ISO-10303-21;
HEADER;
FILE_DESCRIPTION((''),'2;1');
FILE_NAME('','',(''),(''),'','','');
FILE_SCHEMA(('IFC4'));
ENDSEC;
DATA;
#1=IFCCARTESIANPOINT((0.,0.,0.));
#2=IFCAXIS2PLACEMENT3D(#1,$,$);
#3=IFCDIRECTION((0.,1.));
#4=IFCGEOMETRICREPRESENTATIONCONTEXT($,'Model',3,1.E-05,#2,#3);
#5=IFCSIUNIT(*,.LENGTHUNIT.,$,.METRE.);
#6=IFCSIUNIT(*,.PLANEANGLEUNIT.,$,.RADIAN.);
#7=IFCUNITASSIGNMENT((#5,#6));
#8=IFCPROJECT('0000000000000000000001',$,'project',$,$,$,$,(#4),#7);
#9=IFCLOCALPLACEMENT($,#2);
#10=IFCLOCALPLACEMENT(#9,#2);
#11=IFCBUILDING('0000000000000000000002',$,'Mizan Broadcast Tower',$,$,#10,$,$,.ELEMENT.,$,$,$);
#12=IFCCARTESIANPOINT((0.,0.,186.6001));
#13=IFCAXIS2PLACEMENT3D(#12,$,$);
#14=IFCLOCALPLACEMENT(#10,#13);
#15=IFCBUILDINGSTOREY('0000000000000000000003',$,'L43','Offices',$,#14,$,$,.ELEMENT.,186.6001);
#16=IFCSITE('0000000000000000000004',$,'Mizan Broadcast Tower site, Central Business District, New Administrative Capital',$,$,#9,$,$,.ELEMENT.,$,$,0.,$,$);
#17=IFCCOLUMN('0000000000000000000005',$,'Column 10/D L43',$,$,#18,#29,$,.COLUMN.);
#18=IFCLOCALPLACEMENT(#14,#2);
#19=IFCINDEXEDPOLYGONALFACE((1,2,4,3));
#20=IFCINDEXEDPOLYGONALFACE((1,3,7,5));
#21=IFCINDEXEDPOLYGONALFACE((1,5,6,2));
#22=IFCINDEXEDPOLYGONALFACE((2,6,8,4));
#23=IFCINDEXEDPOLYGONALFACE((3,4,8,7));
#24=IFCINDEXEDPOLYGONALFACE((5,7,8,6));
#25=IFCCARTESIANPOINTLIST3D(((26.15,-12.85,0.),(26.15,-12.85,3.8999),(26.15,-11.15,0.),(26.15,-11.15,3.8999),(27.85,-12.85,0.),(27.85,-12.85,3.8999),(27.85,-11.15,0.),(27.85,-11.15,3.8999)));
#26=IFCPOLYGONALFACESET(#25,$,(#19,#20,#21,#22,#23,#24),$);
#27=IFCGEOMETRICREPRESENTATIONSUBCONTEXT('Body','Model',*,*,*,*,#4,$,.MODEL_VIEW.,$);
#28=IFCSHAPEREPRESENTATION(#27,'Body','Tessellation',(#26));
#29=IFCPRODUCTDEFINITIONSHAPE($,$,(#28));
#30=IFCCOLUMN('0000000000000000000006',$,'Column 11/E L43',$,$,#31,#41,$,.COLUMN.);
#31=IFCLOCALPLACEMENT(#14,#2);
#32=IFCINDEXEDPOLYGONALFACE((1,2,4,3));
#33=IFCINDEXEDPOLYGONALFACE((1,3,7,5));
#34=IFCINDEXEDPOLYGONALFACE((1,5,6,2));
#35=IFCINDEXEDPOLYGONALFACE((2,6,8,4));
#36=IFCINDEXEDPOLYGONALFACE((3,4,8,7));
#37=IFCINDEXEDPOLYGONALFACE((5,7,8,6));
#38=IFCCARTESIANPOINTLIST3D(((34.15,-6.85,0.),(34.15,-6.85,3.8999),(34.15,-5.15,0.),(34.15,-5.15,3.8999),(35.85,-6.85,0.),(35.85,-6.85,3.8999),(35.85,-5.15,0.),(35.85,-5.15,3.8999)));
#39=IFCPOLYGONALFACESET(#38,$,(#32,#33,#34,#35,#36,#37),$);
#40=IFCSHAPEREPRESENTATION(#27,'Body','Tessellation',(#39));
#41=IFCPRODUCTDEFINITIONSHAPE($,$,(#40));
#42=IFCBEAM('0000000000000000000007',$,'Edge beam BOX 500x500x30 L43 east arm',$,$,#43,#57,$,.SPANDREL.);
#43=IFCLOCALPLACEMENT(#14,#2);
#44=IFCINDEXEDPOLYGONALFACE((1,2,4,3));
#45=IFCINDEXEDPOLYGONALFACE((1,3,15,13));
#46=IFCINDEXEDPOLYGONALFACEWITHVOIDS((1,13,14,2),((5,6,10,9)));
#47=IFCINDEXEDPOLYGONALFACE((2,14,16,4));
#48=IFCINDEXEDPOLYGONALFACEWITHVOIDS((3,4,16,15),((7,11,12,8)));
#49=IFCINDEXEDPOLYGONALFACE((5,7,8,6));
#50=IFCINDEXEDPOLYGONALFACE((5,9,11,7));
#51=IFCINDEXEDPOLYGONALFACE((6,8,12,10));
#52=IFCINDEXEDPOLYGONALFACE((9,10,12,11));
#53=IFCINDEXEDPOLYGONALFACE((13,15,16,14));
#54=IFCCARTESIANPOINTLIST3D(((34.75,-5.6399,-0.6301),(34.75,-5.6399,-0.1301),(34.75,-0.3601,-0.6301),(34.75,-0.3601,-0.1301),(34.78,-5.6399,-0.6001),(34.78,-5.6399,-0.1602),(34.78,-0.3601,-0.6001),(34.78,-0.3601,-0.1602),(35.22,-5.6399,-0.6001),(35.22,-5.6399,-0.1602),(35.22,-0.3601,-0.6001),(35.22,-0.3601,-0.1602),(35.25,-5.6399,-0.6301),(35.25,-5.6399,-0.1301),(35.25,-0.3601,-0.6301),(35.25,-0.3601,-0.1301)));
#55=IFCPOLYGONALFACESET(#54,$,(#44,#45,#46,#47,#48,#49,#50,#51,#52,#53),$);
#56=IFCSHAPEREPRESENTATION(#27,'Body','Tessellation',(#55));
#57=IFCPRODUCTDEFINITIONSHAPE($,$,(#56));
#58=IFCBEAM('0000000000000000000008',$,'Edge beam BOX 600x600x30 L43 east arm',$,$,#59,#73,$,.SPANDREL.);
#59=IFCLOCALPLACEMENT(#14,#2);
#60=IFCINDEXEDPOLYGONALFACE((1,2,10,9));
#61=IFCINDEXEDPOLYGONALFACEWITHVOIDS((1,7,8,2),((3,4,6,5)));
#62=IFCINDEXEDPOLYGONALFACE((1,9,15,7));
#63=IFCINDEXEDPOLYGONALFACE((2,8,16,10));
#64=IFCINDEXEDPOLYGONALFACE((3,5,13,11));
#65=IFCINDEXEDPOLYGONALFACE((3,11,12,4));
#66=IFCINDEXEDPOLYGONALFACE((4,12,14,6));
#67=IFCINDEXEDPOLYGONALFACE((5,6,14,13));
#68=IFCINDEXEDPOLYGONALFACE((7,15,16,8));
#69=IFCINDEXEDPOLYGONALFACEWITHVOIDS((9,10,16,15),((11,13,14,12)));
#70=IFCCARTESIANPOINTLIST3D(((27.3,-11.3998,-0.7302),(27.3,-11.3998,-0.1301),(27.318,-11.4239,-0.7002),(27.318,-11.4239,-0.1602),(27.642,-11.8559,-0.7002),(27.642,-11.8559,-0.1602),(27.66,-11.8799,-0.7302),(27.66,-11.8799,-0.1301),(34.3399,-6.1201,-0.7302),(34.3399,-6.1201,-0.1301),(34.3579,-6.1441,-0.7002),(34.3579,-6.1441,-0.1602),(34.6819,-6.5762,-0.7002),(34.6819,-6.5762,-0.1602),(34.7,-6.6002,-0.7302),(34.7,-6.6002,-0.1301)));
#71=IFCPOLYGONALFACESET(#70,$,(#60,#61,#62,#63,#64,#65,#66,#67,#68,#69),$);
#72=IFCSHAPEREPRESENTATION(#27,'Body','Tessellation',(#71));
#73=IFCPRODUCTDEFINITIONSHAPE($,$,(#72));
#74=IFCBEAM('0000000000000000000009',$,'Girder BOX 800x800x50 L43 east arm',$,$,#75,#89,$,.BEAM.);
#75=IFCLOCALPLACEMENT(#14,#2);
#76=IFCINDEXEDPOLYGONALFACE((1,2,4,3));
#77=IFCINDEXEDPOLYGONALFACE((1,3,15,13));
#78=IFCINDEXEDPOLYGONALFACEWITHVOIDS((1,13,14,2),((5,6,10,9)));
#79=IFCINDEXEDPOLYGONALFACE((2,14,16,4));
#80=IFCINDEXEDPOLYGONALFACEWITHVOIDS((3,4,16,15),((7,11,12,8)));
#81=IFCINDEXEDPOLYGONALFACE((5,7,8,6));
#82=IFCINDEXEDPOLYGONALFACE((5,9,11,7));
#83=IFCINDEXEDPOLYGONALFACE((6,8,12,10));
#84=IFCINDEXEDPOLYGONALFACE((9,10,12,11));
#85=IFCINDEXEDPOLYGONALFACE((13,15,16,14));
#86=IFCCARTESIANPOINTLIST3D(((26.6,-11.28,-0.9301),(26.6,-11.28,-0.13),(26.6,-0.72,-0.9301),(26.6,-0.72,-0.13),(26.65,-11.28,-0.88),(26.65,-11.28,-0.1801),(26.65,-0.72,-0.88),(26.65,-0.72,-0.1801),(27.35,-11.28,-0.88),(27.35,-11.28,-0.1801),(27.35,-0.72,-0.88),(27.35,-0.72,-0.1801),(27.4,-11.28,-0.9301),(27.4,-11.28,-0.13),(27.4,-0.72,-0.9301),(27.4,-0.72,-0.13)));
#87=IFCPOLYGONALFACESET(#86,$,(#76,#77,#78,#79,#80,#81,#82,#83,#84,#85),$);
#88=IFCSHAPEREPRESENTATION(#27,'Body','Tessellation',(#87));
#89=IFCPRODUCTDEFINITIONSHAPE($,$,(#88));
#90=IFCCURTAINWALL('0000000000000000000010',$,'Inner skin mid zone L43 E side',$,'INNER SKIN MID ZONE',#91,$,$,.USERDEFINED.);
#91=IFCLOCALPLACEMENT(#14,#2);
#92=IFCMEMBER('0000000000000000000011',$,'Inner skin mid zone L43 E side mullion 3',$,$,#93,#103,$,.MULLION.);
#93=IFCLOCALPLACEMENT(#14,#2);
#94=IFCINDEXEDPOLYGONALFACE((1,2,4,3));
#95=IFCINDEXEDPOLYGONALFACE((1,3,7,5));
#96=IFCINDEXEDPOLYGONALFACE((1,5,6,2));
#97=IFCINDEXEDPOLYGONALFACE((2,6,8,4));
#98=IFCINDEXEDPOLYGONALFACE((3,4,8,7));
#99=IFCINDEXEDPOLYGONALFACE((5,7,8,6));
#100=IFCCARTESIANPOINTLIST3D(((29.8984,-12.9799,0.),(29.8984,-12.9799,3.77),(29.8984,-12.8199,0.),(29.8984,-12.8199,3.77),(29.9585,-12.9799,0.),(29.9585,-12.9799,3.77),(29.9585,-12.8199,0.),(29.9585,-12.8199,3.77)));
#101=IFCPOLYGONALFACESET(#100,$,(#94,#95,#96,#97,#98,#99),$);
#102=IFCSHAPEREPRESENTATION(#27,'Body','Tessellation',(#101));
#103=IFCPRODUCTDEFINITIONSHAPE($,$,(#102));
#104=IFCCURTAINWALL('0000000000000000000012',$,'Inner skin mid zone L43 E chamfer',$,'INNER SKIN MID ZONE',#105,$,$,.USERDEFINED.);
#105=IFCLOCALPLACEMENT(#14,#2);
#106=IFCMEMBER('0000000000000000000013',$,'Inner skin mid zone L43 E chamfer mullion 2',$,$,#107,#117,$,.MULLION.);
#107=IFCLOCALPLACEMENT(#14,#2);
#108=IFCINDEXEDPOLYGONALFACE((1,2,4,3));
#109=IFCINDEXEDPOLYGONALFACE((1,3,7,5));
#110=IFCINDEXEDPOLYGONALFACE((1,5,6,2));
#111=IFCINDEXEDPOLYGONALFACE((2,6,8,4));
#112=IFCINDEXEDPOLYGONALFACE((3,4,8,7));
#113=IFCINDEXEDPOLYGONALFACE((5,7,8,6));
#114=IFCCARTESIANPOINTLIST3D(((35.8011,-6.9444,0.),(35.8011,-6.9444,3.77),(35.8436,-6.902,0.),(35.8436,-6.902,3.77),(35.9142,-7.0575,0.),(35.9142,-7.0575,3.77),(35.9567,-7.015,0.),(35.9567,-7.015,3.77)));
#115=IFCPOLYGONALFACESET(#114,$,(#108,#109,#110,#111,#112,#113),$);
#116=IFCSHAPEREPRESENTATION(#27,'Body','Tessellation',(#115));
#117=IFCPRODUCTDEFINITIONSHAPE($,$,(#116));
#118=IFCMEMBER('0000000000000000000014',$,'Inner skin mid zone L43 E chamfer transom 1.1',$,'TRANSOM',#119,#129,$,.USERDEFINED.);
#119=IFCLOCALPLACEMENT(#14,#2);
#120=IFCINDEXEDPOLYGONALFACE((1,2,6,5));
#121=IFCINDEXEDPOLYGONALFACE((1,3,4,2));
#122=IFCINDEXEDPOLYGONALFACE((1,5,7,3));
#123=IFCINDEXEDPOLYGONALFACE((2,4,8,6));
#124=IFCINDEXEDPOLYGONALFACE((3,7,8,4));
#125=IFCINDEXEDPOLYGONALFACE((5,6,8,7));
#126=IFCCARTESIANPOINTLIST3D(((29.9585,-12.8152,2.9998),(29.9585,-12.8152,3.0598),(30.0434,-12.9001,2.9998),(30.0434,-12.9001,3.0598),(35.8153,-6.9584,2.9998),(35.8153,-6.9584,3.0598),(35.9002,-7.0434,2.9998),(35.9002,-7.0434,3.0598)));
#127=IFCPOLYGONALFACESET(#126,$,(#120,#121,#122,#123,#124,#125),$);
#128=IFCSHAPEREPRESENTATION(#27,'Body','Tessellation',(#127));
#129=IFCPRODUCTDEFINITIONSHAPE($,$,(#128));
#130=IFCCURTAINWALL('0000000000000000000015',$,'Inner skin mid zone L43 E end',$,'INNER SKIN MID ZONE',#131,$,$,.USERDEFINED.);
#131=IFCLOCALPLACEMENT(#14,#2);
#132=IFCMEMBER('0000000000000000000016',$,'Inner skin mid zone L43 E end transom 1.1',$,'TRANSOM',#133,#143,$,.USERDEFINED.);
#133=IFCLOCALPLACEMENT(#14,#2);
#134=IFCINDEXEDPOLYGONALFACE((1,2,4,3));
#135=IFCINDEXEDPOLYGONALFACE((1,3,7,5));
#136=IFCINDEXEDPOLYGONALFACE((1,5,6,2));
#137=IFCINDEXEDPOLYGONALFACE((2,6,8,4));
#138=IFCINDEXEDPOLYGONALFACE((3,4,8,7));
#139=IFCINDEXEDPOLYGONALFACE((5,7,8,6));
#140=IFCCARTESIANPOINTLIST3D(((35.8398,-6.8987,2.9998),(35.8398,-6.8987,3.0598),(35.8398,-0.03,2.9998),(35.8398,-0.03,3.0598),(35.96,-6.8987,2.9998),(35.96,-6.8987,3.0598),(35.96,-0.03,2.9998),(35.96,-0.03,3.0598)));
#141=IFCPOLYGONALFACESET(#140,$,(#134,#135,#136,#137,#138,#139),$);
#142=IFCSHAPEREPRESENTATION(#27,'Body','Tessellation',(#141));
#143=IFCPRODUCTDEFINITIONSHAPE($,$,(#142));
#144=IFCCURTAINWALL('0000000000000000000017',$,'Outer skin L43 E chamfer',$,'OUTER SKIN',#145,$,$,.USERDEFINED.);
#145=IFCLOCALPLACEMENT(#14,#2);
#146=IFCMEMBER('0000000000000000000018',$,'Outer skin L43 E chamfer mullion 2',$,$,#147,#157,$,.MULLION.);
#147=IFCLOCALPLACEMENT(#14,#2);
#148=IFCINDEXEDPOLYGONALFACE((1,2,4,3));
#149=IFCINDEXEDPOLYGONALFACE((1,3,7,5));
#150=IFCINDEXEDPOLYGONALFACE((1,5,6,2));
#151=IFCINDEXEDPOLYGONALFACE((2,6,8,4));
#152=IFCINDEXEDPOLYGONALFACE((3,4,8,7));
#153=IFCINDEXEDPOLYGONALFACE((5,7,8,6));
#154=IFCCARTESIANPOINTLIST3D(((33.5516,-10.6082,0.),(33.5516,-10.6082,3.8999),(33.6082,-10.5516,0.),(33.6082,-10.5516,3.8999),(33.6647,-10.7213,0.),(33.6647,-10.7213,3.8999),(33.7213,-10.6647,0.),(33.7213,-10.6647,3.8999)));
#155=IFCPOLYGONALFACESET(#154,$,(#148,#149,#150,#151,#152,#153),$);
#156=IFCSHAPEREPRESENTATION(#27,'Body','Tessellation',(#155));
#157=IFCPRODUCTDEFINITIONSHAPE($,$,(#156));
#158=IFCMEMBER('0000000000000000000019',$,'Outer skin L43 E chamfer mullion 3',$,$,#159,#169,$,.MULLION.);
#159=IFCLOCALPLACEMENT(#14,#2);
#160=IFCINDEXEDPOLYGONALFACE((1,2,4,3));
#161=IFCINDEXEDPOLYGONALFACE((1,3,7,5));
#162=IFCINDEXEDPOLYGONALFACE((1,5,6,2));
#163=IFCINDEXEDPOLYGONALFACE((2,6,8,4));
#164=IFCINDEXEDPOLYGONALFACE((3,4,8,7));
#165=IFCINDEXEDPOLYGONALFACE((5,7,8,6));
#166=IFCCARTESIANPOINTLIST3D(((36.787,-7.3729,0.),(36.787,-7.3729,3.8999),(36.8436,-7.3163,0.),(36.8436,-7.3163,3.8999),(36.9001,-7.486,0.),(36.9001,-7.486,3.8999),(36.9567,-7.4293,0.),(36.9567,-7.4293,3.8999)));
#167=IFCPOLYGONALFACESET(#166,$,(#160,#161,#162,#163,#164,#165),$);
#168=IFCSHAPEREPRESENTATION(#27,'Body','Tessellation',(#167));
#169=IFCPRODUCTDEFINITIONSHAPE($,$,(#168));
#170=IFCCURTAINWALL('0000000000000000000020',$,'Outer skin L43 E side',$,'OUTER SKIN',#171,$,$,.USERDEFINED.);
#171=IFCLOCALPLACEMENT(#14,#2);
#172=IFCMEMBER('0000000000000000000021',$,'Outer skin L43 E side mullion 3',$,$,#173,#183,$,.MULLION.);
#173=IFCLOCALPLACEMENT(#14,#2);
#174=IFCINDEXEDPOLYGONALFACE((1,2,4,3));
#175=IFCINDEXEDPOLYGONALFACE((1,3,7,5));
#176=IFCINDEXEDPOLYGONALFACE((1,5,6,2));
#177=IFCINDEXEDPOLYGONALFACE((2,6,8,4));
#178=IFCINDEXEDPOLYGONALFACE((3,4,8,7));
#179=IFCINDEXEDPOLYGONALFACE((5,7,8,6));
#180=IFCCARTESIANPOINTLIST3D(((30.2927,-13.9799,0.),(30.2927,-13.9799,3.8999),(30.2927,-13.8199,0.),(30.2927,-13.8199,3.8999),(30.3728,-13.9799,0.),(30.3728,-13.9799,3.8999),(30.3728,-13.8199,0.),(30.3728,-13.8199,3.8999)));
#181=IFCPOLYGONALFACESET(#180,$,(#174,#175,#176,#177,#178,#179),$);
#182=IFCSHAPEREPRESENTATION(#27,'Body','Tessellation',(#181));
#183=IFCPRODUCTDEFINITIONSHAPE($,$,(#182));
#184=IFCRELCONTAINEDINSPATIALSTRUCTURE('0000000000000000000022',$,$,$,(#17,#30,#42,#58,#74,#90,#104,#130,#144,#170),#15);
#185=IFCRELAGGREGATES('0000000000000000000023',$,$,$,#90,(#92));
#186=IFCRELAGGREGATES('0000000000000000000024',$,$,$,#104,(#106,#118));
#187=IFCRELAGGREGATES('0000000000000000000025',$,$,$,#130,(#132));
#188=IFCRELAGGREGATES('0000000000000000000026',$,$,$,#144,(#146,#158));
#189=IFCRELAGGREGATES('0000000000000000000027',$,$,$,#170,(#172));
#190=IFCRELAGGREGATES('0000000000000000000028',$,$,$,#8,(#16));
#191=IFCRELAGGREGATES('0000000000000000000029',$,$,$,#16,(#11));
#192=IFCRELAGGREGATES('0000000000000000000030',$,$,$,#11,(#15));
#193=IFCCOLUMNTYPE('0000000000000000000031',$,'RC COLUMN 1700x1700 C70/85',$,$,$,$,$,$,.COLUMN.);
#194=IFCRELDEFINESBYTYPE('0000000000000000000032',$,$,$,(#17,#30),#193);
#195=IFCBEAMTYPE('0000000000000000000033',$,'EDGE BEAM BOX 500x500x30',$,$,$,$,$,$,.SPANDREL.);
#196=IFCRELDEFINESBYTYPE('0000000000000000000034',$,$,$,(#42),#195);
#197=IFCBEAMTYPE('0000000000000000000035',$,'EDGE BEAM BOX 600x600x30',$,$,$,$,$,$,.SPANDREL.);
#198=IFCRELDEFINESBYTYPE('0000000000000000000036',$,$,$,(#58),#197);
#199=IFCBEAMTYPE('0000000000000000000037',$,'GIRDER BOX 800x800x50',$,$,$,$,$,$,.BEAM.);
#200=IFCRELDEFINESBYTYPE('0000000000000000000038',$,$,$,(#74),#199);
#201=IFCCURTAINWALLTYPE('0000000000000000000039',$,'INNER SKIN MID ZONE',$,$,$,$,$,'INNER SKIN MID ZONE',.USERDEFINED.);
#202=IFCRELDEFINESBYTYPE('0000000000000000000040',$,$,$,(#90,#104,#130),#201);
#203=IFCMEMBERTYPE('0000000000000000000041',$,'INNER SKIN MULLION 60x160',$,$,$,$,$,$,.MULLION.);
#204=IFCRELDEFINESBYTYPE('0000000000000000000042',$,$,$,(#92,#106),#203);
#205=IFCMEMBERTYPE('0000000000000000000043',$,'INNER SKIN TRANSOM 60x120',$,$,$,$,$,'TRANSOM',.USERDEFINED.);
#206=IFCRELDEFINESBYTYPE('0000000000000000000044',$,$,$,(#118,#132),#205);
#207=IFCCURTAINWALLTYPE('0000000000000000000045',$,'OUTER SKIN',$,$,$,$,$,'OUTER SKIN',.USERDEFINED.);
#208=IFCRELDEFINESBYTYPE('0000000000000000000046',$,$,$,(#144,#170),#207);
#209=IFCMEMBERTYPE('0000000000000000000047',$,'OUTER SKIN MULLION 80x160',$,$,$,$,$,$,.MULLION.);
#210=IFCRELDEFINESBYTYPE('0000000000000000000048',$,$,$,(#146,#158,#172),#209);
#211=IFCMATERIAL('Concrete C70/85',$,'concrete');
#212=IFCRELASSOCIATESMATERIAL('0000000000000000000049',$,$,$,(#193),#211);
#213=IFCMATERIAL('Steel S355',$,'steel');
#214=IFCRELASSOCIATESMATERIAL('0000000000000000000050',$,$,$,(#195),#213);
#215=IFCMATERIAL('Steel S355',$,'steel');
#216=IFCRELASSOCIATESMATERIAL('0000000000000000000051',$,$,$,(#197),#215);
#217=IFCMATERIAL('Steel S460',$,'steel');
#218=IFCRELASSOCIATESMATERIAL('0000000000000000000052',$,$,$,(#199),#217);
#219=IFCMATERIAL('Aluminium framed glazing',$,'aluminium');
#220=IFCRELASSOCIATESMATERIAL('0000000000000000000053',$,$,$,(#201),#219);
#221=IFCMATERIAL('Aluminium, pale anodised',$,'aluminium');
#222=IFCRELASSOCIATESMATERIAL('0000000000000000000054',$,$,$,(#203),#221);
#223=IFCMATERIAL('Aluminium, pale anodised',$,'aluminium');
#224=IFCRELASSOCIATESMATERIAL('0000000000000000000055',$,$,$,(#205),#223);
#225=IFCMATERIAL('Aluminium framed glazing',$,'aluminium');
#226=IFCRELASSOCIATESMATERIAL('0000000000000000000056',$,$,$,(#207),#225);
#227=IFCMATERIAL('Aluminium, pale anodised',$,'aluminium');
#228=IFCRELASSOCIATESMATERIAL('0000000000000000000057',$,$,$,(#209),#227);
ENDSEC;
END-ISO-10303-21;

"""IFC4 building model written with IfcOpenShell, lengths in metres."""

from ifc_helpers import new_model, si_unit, direction, frame, origin, origin_2d, place, context, subcontext, project, spatial, rectangle, hollow_rectangle, extrude, material, material_profile, profile_set, type_object, element, aggregate, save


model = new_model("IFC4")

# Units and contexts
model_context = context("Model", 3, precision=1e-05, world=origin(), true_north=direction((0.0, 1.0)))
body_context = subcontext(model_context, "Body", "Model", "MODEL_VIEW")
ifc_project = project(units=[si_unit("LENGTHUNIT", "METRE"), si_unit("PLANEANGLEUNIT", "RADIAN")], contexts=[model_context])

# Site, building, storey
site_placement = place(None, origin())
site = spatial("IfcSite", under=ifc_project, at=site_placement, Name="Mizan Broadcast Tower site, Central Business District, New Administrative Capital", CompositionType="ELEMENT", RefElevation=0.0)
building_placement = place(site_placement, origin())
building = spatial("IfcBuilding", under=site, at=building_placement, Name="Mizan Broadcast Tower", CompositionType="ELEMENT")
storey_placement = place(building_placement, frame((0.0, 0.0, 186.6001)))
storey = spatial("IfcBuildingStorey", under=building, at=storey_placement, Name="L43", Description="Offices", CompositionType="ELEMENT", Elevation=186.6001)

# Columns
ifc_material_1 = material(Name="Concrete C70/85", Category="concrete")
ifc_material_profile_1 = material_profile(ifc_material_1, rectangle(XDim=1.7, YDim=1.7, at=origin_2d()), Name="RC 1700x1700")
ifc_profile_set_1 = profile_set([ifc_material_profile_1], Name="Concrete C70/85")
column_type = type_object("IfcColumnType", Name="RC COLUMN 1700x1700 C70/85", PredefinedType="COLUMN", material=ifc_profile_set_1)
for number, where, z_axis, x_axis, name in (
    (1, (27.0, -12.0, 0.0), (0.0, 0.0, 1.0), (1.0, 0.0, 0.0), "Column 10/D L43"),
    (2, (35.0, -6.0, 0.0), (0.0, 0.0, 1.0), (1.0, 0.0, 0.0), "Column 11/E L43"),
):
    element("IfcColumn", number, at=place(storey_placement, frame(where, z_axis=z_axis, x_axis=x_axis)), inside=storey, type_object=column_type, Name=name, PredefinedType="COLUMN", context=body_context, shape_type="SweptSolid", body=[
        extrude(rectangle(XDim=1.7, YDim=1.7, at=origin_2d()), origin(), (0.0, 0.0, 1.0), 3.8999),
    ])

# Beams
ifc_material_2 = material(Name="Steel S355", Category="steel")
ifc_material_profile_2 = material_profile(ifc_material_2, hollow_rectangle(XDim=0.5, YDim=0.5, WallThickness=0.03, at=origin_2d()), Name="BOX 500x500x30")
ifc_profile_set_2 = profile_set([ifc_material_profile_2], Name="Steel S355")
beam_type_1 = type_object("IfcBeamType", Name="EDGE BEAM BOX 500x500x30", PredefinedType="SPANDREL", material=ifc_profile_set_2)
beam_1_placement = place(storey_placement, frame((35.0, -5.6399, -0.3801), z_axis=(0.0, 1.0, 0.0), x_axis=(-1.0, 0.0, 0.0)))
element("IfcBeam", 3, at=beam_1_placement, inside=storey, type_object=beam_type_1, Name="Edge beam BOX 500x500x30 L43 east arm", PredefinedType="SPANDREL", context=body_context, shape_type="SweptSolid", body=[
    extrude(hollow_rectangle(XDim=0.5, YDim=0.5, WallThickness=0.03, at=origin_2d()), origin(), (0.0, 0.0, 1.0), 5.2798),
])
ifc_material_3 = material(Name="Steel S355", Category="steel")
ifc_material_profile_3 = material_profile(ifc_material_3, hollow_rectangle(XDim=0.6001, YDim=0.6001, WallThickness=0.03, at=origin_2d()), Name="BOX 600x600x30")
ifc_profile_set_3 = profile_set([ifc_material_profile_3], Name="Steel S355")
beam_type_2 = type_object("IfcBeamType", Name="EDGE BEAM BOX 600x600x30", PredefinedType="SPANDREL", material=ifc_profile_set_3)
beam_2_placement = place(storey_placement, frame((27.48, -11.6399, -0.4302), z_axis=(0.800013, 0.599982, 0.0), x_axis=(-0.599982, 0.800013, 0.0)))
element("IfcBeam", 4, at=beam_2_placement, inside=storey, type_object=beam_type_2, Name="Edge beam BOX 600x600x30 L43 east arm", PredefinedType="SPANDREL", context=body_context, shape_type="SweptSolid", body=[
    extrude(hollow_rectangle(XDim=0.6001, YDim=0.6001, WallThickness=0.03, at=origin_2d()), origin(), (0.0, 0.0, 1.0), 8.7998),
])
ifc_material_4 = material(Name="Steel S460", Category="steel")
ifc_material_profile_4 = material_profile(ifc_material_4, hollow_rectangle(XDim=0.8, YDim=0.8, WallThickness=0.05, at=origin_2d()), Name="BOX 800x800x50")
ifc_profile_set_4 = profile_set([ifc_material_profile_4], Name="Steel S460")
beam_type_3 = type_object("IfcBeamType", Name="GIRDER BOX 800x800x50", PredefinedType="BEAM", material=ifc_profile_set_4)
beam_3_placement = place(storey_placement, frame((27.0, -11.28, -0.53), z_axis=(0.0, 1.0, 0.0), x_axis=(-1.0, 0.0, 0.0)))
element("IfcBeam", 5, at=beam_3_placement, inside=storey, type_object=beam_type_3, Name="Girder BOX 800x800x50 L43 east arm", PredefinedType="BEAM", context=body_context, shape_type="SweptSolid", body=[
    extrude(hollow_rectangle(XDim=0.8, YDim=0.8, WallThickness=0.05, at=origin_2d()), origin(), (0.0, 0.0, 1.0), 10.5601),
])

# Curtain wall, member
ifc_material_5 = material(Name="Aluminium framed glazing", Category="aluminium")
curtain_wall_type_1 = type_object("IfcCurtainWallType", Name="INNER SKIN MID ZONE", ElementType="INNER SKIN MID ZONE", PredefinedType="USERDEFINED", material=ifc_material_5)
curtain_wall_1_placement = place(storey_placement, origin())
curtain_wall_1 = element("IfcCurtainWall", 6, at=curtain_wall_1_placement, inside=storey, type_object=curtain_wall_type_1, Name="Inner skin mid zone L43 E side", ObjectType="INNER SKIN MID ZONE", PredefinedType="USERDEFINED")
ifc_material_6 = material(Name="Aluminium, pale anodised", Category="aluminium")
ifc_material_profile_5 = material_profile(ifc_material_6, rectangle(XDim=0.1599, YDim=0.0601, at=origin_2d()), Name="MULLION 160x60")
ifc_profile_set_5 = profile_set([ifc_material_profile_5], Name="Aluminium, pale anodised")
member_type_1 = type_object("IfcMemberType", Name="INNER SKIN MULLION 60x160", PredefinedType="MULLION", material=ifc_profile_set_5)
member_1_placement = place(storey_placement, frame((29.9285, -12.8999, 0.0), z_axis=(0.0, 0.0, 1.0), x_axis=(0.0, 1.0, 0.0)))
member_1 = element("IfcMember", 7, at=member_1_placement, type_object=member_type_1, Name="Inner skin mid zone L43 E side mullion 3", PredefinedType="MULLION", context=body_context, shape_type="SweptSolid", body=[
    extrude(rectangle(XDim=0.1599, YDim=0.0601, at=origin_2d()), origin(), (0.0, 0.0, 1.0), 3.77),
])

# Curtain wall, members
curtain_wall_2_placement = place(storey_placement, origin())
curtain_wall_2 = element("IfcCurtainWall", 8, at=curtain_wall_2_placement, inside=storey, type_object=curtain_wall_type_1, Name="Inner skin mid zone L43 E chamfer", ObjectType="INNER SKIN MID ZONE", PredefinedType="USERDEFINED")
member_2_placement = place(storey_placement, frame((35.8789, -6.9797, 0.0), z_axis=(0.0, 0.0, 1.0), x_axis=(-0.707107, 0.707107, 0.0)))
member_2 = element("IfcMember", 9, at=member_2_placement, type_object=member_type_1, Name="Inner skin mid zone L43 E chamfer mullion 2", PredefinedType="MULLION", context=body_context, shape_type="SweptSolid", body=[
    extrude(rectangle(XDim=0.1599, YDim=0.0601, at=origin_2d()), origin(), (0.0, 0.0, 1.0), 3.77),
])
ifc_material_7 = material(Name="Aluminium, pale anodised", Category="aluminium")
ifc_material_profile_6 = material_profile(ifc_material_7, rectangle(XDim=0.1201, YDim=0.0601, at=origin_2d()), Name="TRANSOM 120x60")
ifc_profile_set_6 = profile_set([ifc_material_profile_6], Name="Aluminium, pale anodised")
member_type_2 = type_object("IfcMemberType", Name="INNER SKIN TRANSOM 60x120", ElementType="TRANSOM", PredefinedType="USERDEFINED", material=ifc_profile_set_6)
member_3_placement = place(storey_placement, frame((30.001, -12.8577, 3.0298), z_axis=(0.707107, 0.707107, 0.0), x_axis=(-0.707107, 0.707107, 0.0)))
member_3 = element("IfcMember", 10, at=member_3_placement, type_object=member_type_2, Name="Inner skin mid zone L43 E chamfer transom 1.1", ObjectType="TRANSOM", PredefinedType="USERDEFINED", context=body_context, shape_type="SweptSolid", body=[
    extrude(rectangle(XDim=0.1201, YDim=0.0601, at=origin_2d()), origin(), (0.0, 0.0, 1.0), 8.2827),
])

# Curtain wall, member
curtain_wall_3_placement = place(storey_placement, origin())
curtain_wall_3 = element("IfcCurtainWall", 11, at=curtain_wall_3_placement, inside=storey, type_object=curtain_wall_type_1, Name="Inner skin mid zone L43 E end", ObjectType="INNER SKIN MID ZONE", PredefinedType="USERDEFINED")
member_4_placement = place(storey_placement, frame((35.8999, -6.8987, 3.0298), z_axis=(0.0, 1.0, 0.0), x_axis=(-1.0, 0.0, 0.0)))
member_4 = element("IfcMember", 12, at=member_4_placement, type_object=member_type_2, Name="Inner skin mid zone L43 E end transom 1.1", ObjectType="TRANSOM", PredefinedType="USERDEFINED", context=body_context, shape_type="SweptSolid", body=[
    extrude(rectangle(XDim=0.1201, YDim=0.0601, at=origin_2d()), origin(), (0.0, 0.0, 1.0), 6.8687),
])

# Curtain wall, members
ifc_material_8 = material(Name="Aluminium framed glazing", Category="aluminium")
curtain_wall_type_2 = type_object("IfcCurtainWallType", Name="OUTER SKIN", ElementType="OUTER SKIN", PredefinedType="USERDEFINED", material=ifc_material_8)
curtain_wall_4_placement = place(storey_placement, origin())
curtain_wall_4 = element("IfcCurtainWall", 13, at=curtain_wall_4_placement, inside=storey, type_object=curtain_wall_type_2, Name="Outer skin L43 E chamfer", ObjectType="OUTER SKIN", PredefinedType="USERDEFINED")
ifc_material_9 = material(Name="Aluminium, pale anodised", Category="aluminium")
ifc_material_profile_7 = material_profile(ifc_material_9, rectangle(XDim=0.1599, YDim=0.0801, at=origin_2d()), Name="MULLION 160x80")
ifc_profile_set_7 = profile_set([ifc_material_profile_7], Name="Aluminium, pale anodised")
member_type_3 = type_object("IfcMemberType", Name="OUTER SKIN MULLION 80x160", PredefinedType="MULLION", material=ifc_profile_set_7)
member_5_placement = place(storey_placement, frame((33.6365, -10.6365, 0.0), z_axis=(0.0, 0.0, 1.0), x_axis=(-0.707107, 0.707107, 0.0)))
member_5 = element("IfcMember", 14, at=member_5_placement, type_object=member_type_3, Name="Outer skin L43 E chamfer mullion 2", PredefinedType="MULLION", context=body_context, shape_type="SweptSolid", body=[
    extrude(rectangle(XDim=0.1599, YDim=0.0801, at=origin_2d()), origin(), (0.0, 0.0, 1.0), 3.8999),
])
member_6_placement = place(storey_placement, frame((36.8718, -7.4011, 0.0), z_axis=(0.0, 0.0, 1.0), x_axis=(-0.707107, 0.707107, 0.0)))
member_6 = element("IfcMember", 15, at=member_6_placement, type_object=member_type_3, Name="Outer skin L43 E chamfer mullion 3", PredefinedType="MULLION", context=body_context, shape_type="SweptSolid", body=[
    extrude(rectangle(XDim=0.1599, YDim=0.0801, at=origin_2d()), origin(), (0.0, 0.0, 1.0), 3.8999),
])

# Curtain wall, member
curtain_wall_5_placement = place(storey_placement, origin())
curtain_wall_5 = element("IfcCurtainWall", 16, at=curtain_wall_5_placement, inside=storey, type_object=curtain_wall_type_2, Name="Outer skin L43 E side", ObjectType="OUTER SKIN", PredefinedType="USERDEFINED")
member_7_placement = place(storey_placement, frame((30.3328, -13.8999, 0.0), z_axis=(0.0, 0.0, 1.0), x_axis=(0.0, 1.0, 0.0)))
member_7 = element("IfcMember", 17, at=member_7_placement, type_object=member_type_3, Name="Outer skin L43 E side mullion 3", PredefinedType="MULLION", context=body_context, shape_type="SweptSolid", body=[
    extrude(rectangle(XDim=0.1599, YDim=0.0801, at=origin_2d()), origin(), (0.0, 0.0, 1.0), 3.8999),
])

aggregate(curtain_wall_1, [member_1])
aggregate(curtain_wall_2, [member_2, member_3])
aggregate(curtain_wall_3, [member_4])
aggregate(curtain_wall_4, [member_5, member_6])
aggregate(curtain_wall_5, [member_7])

save(model, "model.ifc")
